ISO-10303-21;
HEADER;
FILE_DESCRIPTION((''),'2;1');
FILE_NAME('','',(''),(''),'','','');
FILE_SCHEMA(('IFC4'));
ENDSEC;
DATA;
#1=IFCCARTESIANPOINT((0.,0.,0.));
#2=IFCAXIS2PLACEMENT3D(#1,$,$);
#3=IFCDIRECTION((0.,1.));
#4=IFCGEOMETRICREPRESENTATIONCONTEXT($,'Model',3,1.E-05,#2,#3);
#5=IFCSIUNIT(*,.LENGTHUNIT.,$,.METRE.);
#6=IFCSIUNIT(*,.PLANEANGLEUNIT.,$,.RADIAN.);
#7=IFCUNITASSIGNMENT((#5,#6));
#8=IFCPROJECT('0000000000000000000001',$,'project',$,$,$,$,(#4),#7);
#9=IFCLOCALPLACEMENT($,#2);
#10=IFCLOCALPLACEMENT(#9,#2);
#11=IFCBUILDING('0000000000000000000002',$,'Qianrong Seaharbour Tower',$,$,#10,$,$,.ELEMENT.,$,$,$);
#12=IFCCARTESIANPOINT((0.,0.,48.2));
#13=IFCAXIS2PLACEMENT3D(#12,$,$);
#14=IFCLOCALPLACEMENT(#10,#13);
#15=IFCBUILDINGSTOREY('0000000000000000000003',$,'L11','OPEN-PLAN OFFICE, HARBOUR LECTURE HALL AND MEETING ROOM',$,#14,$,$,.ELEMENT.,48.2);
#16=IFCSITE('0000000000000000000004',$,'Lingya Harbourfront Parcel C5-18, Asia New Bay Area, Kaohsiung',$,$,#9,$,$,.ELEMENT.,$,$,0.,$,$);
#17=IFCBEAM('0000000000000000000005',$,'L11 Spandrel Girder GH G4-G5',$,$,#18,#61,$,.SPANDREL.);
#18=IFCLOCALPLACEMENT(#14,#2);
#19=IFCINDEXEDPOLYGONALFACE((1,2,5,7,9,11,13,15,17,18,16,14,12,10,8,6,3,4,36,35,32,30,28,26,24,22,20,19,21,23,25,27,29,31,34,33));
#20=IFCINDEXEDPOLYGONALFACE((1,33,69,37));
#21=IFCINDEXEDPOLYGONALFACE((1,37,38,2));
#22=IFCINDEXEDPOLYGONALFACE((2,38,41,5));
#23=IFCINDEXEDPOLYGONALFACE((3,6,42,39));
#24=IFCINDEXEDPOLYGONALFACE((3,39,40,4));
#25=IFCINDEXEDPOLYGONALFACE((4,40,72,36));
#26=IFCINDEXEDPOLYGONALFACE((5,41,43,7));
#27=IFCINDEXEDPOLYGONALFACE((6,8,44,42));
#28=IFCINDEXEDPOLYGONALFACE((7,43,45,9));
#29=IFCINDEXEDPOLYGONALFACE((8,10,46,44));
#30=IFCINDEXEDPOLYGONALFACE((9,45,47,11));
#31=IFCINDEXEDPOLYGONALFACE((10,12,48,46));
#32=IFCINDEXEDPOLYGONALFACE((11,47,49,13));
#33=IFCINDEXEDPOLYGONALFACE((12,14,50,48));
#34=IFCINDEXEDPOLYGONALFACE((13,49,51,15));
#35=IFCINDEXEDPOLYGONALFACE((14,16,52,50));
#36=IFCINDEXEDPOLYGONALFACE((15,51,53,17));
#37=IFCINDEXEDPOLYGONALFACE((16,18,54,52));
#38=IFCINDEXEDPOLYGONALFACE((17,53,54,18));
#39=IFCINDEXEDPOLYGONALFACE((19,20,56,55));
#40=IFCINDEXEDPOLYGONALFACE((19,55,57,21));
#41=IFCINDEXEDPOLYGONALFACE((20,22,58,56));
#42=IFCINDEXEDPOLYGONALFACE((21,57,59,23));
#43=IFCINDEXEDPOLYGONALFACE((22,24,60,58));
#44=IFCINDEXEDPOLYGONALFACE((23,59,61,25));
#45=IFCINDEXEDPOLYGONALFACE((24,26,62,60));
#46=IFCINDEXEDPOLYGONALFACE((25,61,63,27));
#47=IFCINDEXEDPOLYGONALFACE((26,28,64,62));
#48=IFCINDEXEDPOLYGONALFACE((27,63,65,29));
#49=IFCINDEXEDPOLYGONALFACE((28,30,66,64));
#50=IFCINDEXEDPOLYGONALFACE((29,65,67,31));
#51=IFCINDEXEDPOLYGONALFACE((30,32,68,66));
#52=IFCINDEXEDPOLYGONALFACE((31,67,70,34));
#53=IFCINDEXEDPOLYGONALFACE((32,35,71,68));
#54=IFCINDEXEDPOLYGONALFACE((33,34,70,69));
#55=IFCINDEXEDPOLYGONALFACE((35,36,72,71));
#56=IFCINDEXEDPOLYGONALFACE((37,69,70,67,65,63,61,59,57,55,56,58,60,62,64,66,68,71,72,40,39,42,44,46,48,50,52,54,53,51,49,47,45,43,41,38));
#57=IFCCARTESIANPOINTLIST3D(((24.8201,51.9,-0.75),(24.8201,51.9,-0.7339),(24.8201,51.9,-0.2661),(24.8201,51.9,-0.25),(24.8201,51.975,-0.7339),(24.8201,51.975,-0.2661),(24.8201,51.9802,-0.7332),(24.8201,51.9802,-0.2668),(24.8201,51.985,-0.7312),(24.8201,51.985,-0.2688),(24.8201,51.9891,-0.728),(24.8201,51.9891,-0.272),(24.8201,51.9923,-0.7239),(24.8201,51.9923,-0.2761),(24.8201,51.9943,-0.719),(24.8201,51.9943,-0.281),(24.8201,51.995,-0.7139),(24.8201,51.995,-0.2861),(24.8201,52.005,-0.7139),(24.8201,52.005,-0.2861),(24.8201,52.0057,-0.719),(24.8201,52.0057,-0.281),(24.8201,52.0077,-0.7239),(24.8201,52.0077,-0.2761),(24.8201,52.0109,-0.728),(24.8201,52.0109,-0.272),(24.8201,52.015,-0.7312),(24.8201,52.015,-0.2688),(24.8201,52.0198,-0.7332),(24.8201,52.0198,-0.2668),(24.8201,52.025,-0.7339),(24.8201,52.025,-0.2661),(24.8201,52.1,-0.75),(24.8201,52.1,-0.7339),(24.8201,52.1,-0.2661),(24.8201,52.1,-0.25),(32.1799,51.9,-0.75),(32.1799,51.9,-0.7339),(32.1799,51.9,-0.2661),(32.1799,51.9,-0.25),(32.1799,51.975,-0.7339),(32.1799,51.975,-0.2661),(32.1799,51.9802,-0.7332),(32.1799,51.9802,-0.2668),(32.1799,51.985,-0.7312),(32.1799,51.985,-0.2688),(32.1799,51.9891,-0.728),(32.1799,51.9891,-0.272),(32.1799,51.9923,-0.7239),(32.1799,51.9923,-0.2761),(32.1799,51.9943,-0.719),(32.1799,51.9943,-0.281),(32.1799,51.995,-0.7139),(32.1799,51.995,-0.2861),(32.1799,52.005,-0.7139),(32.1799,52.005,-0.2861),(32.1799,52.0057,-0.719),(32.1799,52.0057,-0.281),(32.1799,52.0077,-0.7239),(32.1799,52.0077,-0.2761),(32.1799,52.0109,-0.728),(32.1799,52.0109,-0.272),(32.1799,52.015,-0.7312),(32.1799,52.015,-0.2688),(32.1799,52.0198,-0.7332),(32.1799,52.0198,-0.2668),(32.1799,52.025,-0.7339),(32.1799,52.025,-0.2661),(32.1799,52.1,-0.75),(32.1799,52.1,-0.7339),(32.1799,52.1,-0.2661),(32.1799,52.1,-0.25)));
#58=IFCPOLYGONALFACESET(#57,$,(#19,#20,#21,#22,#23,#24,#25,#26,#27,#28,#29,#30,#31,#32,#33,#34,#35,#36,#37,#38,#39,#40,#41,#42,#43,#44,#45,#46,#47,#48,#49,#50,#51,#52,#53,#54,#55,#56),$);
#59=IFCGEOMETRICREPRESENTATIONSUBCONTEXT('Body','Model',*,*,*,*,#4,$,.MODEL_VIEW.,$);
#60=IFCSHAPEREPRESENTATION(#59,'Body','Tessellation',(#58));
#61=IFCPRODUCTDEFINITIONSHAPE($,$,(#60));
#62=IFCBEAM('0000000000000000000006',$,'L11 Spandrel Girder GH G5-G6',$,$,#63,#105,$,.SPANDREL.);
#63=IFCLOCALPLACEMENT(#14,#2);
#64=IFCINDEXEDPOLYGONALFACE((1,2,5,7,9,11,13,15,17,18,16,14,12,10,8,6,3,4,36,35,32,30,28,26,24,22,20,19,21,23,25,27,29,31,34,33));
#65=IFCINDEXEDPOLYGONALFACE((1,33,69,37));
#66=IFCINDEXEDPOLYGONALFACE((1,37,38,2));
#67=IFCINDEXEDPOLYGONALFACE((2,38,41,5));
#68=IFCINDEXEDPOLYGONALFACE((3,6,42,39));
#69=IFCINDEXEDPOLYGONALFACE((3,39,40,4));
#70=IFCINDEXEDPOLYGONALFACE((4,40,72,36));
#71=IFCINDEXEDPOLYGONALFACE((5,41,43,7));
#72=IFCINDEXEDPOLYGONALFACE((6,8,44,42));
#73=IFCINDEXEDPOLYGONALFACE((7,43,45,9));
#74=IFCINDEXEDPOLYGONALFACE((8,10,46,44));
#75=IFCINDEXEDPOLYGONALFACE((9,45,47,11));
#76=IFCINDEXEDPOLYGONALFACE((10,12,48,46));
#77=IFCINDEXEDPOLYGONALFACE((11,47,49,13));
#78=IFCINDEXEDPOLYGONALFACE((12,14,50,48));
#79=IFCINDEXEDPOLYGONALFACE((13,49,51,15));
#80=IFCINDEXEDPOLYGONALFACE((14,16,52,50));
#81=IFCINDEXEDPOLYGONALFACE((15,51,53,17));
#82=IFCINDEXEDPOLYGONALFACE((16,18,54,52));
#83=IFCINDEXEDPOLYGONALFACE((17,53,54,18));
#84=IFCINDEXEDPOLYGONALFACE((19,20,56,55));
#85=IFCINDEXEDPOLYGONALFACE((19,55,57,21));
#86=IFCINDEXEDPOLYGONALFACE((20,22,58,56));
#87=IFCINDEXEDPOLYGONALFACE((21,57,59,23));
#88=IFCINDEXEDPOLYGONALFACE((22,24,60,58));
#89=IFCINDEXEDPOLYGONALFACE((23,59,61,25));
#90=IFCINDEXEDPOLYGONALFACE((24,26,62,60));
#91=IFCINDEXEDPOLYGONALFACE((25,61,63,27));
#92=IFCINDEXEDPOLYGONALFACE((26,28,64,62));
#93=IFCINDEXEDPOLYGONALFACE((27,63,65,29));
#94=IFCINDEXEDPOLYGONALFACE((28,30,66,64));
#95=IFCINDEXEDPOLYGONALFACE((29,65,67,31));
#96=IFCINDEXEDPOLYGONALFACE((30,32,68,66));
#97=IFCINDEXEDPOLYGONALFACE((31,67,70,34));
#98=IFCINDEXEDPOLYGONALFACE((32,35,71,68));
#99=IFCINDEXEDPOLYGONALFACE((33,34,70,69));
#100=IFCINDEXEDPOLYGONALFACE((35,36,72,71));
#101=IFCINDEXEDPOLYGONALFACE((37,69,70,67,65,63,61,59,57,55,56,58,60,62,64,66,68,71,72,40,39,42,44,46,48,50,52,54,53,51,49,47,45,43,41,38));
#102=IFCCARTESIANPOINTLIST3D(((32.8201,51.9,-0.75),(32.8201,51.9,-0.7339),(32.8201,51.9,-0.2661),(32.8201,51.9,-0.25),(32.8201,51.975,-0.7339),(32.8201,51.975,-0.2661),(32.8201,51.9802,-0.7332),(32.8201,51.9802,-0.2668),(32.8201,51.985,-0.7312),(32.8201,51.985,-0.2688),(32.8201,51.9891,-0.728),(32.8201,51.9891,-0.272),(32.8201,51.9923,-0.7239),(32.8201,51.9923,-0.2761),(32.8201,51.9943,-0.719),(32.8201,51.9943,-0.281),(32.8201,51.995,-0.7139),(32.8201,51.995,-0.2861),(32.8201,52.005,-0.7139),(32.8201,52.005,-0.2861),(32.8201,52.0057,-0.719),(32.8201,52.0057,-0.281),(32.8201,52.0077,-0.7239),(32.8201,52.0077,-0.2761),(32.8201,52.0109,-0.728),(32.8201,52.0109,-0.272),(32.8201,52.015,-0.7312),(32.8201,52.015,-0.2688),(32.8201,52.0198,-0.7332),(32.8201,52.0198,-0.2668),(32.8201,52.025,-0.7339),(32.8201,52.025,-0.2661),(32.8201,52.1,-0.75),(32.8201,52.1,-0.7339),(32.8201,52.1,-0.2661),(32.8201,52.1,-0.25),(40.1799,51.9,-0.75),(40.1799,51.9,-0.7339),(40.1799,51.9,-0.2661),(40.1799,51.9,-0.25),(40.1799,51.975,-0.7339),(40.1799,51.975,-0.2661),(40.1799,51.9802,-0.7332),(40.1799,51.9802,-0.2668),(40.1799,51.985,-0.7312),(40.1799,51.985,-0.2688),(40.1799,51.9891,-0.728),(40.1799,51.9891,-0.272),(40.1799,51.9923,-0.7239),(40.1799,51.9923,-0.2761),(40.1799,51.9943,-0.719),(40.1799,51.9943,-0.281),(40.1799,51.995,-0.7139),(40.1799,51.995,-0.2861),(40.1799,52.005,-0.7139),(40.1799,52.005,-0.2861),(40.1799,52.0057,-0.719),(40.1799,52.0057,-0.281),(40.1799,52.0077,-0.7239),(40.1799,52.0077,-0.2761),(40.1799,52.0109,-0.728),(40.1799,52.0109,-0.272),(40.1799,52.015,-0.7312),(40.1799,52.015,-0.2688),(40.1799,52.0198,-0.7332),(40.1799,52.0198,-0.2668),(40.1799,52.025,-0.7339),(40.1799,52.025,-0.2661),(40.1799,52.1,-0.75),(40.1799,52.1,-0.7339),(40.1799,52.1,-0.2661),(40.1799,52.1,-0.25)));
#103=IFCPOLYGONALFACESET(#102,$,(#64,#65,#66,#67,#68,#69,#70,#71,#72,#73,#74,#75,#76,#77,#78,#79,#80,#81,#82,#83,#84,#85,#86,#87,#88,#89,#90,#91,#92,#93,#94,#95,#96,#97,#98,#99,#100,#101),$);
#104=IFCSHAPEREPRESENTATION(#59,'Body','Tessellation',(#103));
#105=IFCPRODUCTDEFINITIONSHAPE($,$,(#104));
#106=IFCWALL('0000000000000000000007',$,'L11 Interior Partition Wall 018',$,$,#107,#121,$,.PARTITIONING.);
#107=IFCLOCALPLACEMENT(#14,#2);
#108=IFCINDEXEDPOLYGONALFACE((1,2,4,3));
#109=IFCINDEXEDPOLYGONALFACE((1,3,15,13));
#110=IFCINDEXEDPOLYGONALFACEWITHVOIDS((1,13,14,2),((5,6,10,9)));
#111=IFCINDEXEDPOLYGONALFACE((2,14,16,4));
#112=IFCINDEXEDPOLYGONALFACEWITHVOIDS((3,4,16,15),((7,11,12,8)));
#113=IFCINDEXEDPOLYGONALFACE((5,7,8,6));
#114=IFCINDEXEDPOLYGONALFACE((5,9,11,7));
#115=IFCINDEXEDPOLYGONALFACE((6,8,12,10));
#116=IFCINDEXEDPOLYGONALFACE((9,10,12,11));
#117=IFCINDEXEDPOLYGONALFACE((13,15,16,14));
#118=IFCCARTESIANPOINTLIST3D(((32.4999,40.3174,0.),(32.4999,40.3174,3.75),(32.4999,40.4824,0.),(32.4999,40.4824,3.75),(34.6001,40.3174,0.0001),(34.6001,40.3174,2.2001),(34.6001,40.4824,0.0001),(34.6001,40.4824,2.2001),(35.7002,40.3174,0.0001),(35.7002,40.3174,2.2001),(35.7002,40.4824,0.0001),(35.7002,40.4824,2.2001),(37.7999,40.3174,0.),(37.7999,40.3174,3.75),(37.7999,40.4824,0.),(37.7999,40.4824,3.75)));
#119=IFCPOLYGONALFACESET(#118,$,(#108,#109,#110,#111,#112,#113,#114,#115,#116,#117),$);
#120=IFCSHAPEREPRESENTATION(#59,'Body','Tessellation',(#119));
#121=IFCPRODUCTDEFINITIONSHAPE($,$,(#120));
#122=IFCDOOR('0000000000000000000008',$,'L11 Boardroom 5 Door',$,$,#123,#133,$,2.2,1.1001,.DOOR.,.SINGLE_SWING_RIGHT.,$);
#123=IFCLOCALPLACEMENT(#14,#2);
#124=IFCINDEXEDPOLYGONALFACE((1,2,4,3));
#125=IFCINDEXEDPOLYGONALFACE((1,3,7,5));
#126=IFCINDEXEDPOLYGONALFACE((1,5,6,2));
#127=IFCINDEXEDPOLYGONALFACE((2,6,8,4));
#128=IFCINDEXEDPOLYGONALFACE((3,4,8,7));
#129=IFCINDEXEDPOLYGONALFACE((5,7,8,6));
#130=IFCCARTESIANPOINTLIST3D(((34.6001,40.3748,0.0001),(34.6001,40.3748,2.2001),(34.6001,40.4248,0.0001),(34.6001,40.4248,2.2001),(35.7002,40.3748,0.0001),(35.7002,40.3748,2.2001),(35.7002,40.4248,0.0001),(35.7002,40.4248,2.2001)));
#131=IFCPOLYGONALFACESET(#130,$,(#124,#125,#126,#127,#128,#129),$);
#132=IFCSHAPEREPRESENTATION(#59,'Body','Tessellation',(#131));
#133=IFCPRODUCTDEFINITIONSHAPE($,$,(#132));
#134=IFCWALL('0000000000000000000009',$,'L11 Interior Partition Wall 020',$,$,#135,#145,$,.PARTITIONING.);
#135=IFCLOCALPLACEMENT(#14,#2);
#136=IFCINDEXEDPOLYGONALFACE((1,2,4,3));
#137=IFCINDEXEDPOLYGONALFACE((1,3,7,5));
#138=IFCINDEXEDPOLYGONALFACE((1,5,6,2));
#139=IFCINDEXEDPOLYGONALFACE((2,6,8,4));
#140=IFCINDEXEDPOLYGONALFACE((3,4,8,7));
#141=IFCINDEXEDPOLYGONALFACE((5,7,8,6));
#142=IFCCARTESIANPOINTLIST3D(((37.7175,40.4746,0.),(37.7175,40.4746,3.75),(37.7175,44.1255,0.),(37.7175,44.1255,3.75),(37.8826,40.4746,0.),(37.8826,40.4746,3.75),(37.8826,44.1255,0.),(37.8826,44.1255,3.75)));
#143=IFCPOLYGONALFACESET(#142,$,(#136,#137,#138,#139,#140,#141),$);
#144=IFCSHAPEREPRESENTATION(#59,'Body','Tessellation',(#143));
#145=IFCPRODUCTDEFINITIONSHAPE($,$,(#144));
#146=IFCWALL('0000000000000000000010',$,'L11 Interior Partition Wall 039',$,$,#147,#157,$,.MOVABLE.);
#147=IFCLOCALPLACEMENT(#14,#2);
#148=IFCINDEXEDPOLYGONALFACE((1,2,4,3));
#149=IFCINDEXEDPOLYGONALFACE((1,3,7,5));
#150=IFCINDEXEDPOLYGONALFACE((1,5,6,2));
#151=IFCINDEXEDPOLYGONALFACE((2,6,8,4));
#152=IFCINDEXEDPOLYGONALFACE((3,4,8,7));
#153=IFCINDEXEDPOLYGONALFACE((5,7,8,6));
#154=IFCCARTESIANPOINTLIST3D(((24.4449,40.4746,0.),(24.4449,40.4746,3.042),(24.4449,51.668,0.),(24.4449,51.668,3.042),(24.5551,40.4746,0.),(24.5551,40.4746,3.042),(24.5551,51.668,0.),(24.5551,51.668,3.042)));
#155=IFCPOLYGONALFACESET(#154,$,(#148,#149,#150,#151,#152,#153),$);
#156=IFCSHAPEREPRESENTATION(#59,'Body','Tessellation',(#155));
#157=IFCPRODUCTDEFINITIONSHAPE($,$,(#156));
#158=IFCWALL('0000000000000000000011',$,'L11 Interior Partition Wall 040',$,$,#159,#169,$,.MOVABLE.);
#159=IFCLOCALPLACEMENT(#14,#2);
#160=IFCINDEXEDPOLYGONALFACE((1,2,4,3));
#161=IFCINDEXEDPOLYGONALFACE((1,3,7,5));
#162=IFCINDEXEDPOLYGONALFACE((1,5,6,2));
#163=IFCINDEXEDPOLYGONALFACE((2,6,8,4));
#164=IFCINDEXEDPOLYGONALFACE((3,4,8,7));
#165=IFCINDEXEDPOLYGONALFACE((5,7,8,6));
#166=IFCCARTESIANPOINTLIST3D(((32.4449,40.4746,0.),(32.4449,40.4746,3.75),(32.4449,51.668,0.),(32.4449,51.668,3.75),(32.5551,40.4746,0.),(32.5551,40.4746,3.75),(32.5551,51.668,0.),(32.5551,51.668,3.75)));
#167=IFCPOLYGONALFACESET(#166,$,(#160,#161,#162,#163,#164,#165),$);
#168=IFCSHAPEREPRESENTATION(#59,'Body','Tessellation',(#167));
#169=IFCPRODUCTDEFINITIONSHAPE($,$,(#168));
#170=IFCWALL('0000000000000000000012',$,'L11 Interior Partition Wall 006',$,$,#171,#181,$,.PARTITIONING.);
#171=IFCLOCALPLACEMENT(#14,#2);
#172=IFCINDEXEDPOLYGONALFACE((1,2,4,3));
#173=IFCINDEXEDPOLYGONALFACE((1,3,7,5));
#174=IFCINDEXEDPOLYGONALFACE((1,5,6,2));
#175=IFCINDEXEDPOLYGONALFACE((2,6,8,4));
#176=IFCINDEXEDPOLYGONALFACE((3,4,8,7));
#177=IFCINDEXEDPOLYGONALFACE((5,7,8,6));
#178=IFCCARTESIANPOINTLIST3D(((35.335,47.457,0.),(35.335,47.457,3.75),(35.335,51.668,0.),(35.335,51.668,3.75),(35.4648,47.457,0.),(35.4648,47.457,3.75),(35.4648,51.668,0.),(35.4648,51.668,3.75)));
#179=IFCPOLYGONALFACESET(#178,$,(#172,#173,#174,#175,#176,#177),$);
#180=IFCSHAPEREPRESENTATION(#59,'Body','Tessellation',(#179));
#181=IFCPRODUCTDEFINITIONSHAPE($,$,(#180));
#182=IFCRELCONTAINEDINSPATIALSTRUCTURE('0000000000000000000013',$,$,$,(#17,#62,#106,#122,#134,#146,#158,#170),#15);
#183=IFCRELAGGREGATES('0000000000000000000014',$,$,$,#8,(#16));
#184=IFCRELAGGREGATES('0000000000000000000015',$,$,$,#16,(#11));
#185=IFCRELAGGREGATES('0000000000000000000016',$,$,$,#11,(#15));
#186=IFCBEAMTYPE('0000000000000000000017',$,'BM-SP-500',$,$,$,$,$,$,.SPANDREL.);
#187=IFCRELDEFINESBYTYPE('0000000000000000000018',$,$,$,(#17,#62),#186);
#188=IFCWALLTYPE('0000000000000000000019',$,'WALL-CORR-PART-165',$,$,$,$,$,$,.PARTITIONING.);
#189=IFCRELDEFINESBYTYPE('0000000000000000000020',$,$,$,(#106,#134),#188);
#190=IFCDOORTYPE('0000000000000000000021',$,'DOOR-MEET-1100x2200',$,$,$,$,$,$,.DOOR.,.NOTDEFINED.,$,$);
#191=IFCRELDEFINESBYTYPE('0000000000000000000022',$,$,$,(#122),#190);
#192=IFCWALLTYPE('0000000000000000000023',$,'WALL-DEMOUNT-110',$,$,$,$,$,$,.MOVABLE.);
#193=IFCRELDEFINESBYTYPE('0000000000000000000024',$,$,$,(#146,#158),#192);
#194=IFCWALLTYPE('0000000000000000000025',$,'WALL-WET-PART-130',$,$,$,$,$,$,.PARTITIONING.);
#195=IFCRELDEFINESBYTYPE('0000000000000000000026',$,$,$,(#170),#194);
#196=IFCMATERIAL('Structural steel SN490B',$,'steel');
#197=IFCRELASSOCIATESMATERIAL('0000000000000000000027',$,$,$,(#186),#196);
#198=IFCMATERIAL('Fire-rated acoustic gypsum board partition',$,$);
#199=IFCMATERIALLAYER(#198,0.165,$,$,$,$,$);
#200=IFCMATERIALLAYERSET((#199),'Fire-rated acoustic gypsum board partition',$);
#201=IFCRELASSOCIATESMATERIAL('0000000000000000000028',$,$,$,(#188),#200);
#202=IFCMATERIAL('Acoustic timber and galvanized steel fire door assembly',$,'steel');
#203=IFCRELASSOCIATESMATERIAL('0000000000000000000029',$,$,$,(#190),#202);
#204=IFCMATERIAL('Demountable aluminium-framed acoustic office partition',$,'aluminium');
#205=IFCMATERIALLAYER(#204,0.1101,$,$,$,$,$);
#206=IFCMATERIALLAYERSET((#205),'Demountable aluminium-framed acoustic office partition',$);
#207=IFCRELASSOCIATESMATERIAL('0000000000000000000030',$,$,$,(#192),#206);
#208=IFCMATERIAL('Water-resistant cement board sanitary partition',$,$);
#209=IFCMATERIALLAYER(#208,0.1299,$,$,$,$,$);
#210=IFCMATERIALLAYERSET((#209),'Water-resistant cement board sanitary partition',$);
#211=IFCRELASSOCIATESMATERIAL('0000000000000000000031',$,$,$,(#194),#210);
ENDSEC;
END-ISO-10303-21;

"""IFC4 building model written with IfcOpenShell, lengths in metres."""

from ifc_helpers import new_model, si_unit, direction, frame, frame_2d, origin, origin_2d, place, context, subcontext, project, spatial, rectangle, i_section, extrude, material, layer, layer_set, material_profile, profile_set, type_object, element, fill, save


model = new_model("IFC4")

# Units and contexts
model_context = context("Model", 3, precision=1e-05, world=origin(), true_north=direction((0.0, 1.0)))
body_context = subcontext(model_context, "Body", "Model", "MODEL_VIEW")
ifc_project = project(units=[si_unit("LENGTHUNIT", "METRE"), si_unit("PLANEANGLEUNIT", "RADIAN")], contexts=[model_context])

# Site, building, storey
site_placement = place(None, origin())
site = spatial("IfcSite", under=ifc_project, at=site_placement, Name="Lingya Harbourfront Parcel C5-18, Asia New Bay Area, Kaohsiung", CompositionType="ELEMENT", RefElevation=0.0)
building_placement = place(site_placement, origin())
building = spatial("IfcBuilding", under=site, at=building_placement, Name="Qianrong Seaharbour Tower", CompositionType="ELEMENT")
storey_placement = place(building_placement, frame((0.0, 0.0, 48.2)))
storey = spatial("IfcBuildingStorey", under=building, at=storey_placement, Name="L11", Description="OPEN-PLAN OFFICE, HARBOUR LECTURE HALL AND MEETING ROOM", CompositionType="ELEMENT", Elevation=48.2)

# Shared definitions
ifc_material_1 = material(Name="Structural steel SN490B", Category="steel")

# Beams
ifc_material_profile_1 = material_profile(ifc_material_1, i_section(OverallWidth=0.2, OverallDepth=0.5, WebThickness=0.01, FlangeThickness=0.0161, FilletRadius=0.02, at=origin_2d()), Name="H500x200x10x16")
ifc_profile_set_1 = profile_set([ifc_material_profile_1], Name="Structural steel SN490B")
beam_type_1 = type_object("IfcBeamType", Name="BM-SP-500", PredefinedType="SPANDREL", material=ifc_profile_set_1)
for number, where, z_axis, x_axis, name in (
    (1, (24.8201, 52.0, -0.5), (1.0, 0.0, 0.0), (0.0, 1.0, 0.0), "L11 Spandrel Girder GH G4-G5"),
    (2, (32.8201, 52.0, -0.5), (1.0, 0.0, 0.0), (0.0, 1.0, 0.0), "L11 Spandrel Girder GH G5-G6"),
):
    element("IfcBeam", number, at=place(storey_placement, frame(where, z_axis=z_axis, x_axis=x_axis)), inside=storey, type_object=beam_type_1, Name=name, PredefinedType="SPANDREL", context=body_context, shape_type="SweptSolid", body=[
        extrude(i_section(OverallWidth=0.2, OverallDepth=0.5, WebThickness=0.01, FlangeThickness=0.0161, FilletRadius=0.02, at=origin_2d()), origin(), (0.0, 0.0, 1.0), 7.3599),
    ])

# Wall, opening, door
ifc_material_2 = material(Name="Fire-rated acoustic gypsum board partition")
ifc_layer_1 = layer(ifc_material_2, 0.165)
ifc_layer_set_1 = layer_set([ifc_layer_1], Name="Fire-rated acoustic gypsum board partition")
wall_type_1 = type_object("IfcWallType", Name="WALL-CORR-PART-165", PredefinedType="PARTITIONING", material=ifc_layer_set_1)
wall_1_placement = place(storey_placement, frame((32.5, 40.3999, 0.0), z_axis=(0.0, 0.0, 1.0), x_axis=(1.0, 0.0, 0.0)))
wall_1 = element("IfcWall", 3, at=wall_1_placement, inside=storey, type_object=wall_type_1, Name="L11 Interior Partition Wall 018", PredefinedType="PARTITIONING", context=body_context, shape_type="SweptSolid", body=[
    extrude(rectangle(XDim=5.3, YDim=0.165, at=frame_2d((2.6499, 0.0))), origin(), (0.0, 0.0, 1.0), 3.75),
])
opening_1_placement = place(wall_1_placement, frame((2.1001, 0.0, 0.0)))
opening_1 = element("IfcOpeningElement", 4, at=opening_1_placement, cuts=wall_1, PredefinedType="OPENING", context=body_context, shape_type="SweptSolid", body=[
    extrude(rectangle(XDim=1.1001, YDim=2.2, at=frame_2d((0.55, 1.1001))), frame((0.0, 0.0925, 0.0), z_axis=(0.0, -1.0, 0.0), x_axis=(1.0, 0.0, 0.0)), (0.0, 0.0, 1.0), 0.1851),
])
ifc_material_3 = material(Name="Acoustic timber and galvanized steel fire door assembly", Category="steel")
door_type_1 = type_object("IfcDoorType", Name="DOOR-MEET-1100x2200", OperationType="NOTDEFINED", PredefinedType="DOOR", material=ifc_material_3)
door_1_placement = place(opening_1_placement, origin())
door_1 = element("IfcDoor", 5, at=door_1_placement, inside=storey, type_object=door_type_1, Name="L11 Boardroom 5 Door", OperationType="SINGLE_SWING_RIGHT", OverallHeight=2.2, OverallWidth=1.1001, PredefinedType="DOOR", context=body_context, shape_type="SweptSolid", body=[
    extrude(rectangle(XDim=1.1001, YDim=2.2, at=frame_2d((0.55, 1.1001))), frame((0.0, 0.0249, 0.0), z_axis=(0.0, -1.0, 0.0), x_axis=(1.0, 0.0, 0.0)), (0.0, 0.0, 1.0), 0.05),
])
fill(opening_1, door_1)

# Walls
wall_2_placement = place(storey_placement, frame((37.8, 40.4746, 0.0), z_axis=(0.0, 0.0, 1.0), x_axis=(0.0, 1.0, 0.0)))
element("IfcWall", 6, at=wall_2_placement, inside=storey, type_object=wall_type_1, Name="L11 Interior Partition Wall 020", PredefinedType="PARTITIONING", context=body_context, shape_type="SweptSolid", body=[
    extrude(rectangle(XDim=3.6509, YDim=0.165, at=frame_2d((1.8254, 0.0))), origin(), (0.0, 0.0, 1.0), 3.75),
])
ifc_material_4 = material(Name="Demountable aluminium-framed acoustic office partition", Category="aluminium")
ifc_layer_2 = layer(ifc_material_4, 0.1101)
ifc_layer_set_2 = layer_set([ifc_layer_2], Name="Demountable aluminium-framed acoustic office partition")
wall_type_2 = type_object("IfcWallType", Name="WALL-DEMOUNT-110", PredefinedType="MOVABLE", material=ifc_layer_set_2)
wall_3_placement = place(storey_placement, frame((24.5, 51.668, 0.0), z_axis=(0.0, 0.0, 1.0), x_axis=(0.0, -1.0, 0.0)))
element("IfcWall", 7, at=wall_3_placement, inside=storey, type_object=wall_type_2, Name="L11 Interior Partition Wall 039", PredefinedType="MOVABLE", context=body_context, shape_type="SweptSolid", body=[
    extrude(rectangle(XDim=11.1934, YDim=0.1101, at=frame_2d((5.5967, 0.0))), origin(), (0.0, 0.0, 1.0), 3.042),
])
wall_4_placement = place(storey_placement, frame((32.5, 51.668, 0.0), z_axis=(0.0, 0.0, 1.0), x_axis=(0.0, -1.0, 0.0)))
element("IfcWall", 8, at=wall_4_placement, inside=storey, type_object=wall_type_2, Name="L11 Interior Partition Wall 040", PredefinedType="MOVABLE", context=body_context, shape_type="SweptSolid", body=[
    extrude(rectangle(XDim=11.1934, YDim=0.1101, at=frame_2d((5.5967, 0.0))), origin(), (0.0, 0.0, 1.0), 3.75),
])
ifc_material_5 = material(Name="Water-resistant cement board sanitary partition")
ifc_layer_3 = layer(ifc_material_5, 0.1299)
ifc_layer_set_3 = layer_set([ifc_layer_3], Name="Water-resistant cement board sanitary partition")
wall_type_3 = type_object("IfcWallType", Name="WALL-WET-PART-130", PredefinedType="PARTITIONING", material=ifc_layer_set_3)
wall_5_placement = place(storey_placement, frame((35.3999, 47.457, 0.0), z_axis=(0.0, 0.0, 1.0), x_axis=(0.0, 1.0, 0.0)))
element("IfcWall", 9, at=wall_5_placement, inside=storey, type_object=wall_type_3, Name="L11 Interior Partition Wall 006", PredefinedType="PARTITIONING", context=body_context, shape_type="SweptSolid", body=[
    extrude(rectangle(XDim=4.2109, YDim=0.1299, at=frame_2d((2.1055, 0.0))), origin(), (0.0, 0.0, 1.0), 3.75),
])

save(model, "model.ifc")
